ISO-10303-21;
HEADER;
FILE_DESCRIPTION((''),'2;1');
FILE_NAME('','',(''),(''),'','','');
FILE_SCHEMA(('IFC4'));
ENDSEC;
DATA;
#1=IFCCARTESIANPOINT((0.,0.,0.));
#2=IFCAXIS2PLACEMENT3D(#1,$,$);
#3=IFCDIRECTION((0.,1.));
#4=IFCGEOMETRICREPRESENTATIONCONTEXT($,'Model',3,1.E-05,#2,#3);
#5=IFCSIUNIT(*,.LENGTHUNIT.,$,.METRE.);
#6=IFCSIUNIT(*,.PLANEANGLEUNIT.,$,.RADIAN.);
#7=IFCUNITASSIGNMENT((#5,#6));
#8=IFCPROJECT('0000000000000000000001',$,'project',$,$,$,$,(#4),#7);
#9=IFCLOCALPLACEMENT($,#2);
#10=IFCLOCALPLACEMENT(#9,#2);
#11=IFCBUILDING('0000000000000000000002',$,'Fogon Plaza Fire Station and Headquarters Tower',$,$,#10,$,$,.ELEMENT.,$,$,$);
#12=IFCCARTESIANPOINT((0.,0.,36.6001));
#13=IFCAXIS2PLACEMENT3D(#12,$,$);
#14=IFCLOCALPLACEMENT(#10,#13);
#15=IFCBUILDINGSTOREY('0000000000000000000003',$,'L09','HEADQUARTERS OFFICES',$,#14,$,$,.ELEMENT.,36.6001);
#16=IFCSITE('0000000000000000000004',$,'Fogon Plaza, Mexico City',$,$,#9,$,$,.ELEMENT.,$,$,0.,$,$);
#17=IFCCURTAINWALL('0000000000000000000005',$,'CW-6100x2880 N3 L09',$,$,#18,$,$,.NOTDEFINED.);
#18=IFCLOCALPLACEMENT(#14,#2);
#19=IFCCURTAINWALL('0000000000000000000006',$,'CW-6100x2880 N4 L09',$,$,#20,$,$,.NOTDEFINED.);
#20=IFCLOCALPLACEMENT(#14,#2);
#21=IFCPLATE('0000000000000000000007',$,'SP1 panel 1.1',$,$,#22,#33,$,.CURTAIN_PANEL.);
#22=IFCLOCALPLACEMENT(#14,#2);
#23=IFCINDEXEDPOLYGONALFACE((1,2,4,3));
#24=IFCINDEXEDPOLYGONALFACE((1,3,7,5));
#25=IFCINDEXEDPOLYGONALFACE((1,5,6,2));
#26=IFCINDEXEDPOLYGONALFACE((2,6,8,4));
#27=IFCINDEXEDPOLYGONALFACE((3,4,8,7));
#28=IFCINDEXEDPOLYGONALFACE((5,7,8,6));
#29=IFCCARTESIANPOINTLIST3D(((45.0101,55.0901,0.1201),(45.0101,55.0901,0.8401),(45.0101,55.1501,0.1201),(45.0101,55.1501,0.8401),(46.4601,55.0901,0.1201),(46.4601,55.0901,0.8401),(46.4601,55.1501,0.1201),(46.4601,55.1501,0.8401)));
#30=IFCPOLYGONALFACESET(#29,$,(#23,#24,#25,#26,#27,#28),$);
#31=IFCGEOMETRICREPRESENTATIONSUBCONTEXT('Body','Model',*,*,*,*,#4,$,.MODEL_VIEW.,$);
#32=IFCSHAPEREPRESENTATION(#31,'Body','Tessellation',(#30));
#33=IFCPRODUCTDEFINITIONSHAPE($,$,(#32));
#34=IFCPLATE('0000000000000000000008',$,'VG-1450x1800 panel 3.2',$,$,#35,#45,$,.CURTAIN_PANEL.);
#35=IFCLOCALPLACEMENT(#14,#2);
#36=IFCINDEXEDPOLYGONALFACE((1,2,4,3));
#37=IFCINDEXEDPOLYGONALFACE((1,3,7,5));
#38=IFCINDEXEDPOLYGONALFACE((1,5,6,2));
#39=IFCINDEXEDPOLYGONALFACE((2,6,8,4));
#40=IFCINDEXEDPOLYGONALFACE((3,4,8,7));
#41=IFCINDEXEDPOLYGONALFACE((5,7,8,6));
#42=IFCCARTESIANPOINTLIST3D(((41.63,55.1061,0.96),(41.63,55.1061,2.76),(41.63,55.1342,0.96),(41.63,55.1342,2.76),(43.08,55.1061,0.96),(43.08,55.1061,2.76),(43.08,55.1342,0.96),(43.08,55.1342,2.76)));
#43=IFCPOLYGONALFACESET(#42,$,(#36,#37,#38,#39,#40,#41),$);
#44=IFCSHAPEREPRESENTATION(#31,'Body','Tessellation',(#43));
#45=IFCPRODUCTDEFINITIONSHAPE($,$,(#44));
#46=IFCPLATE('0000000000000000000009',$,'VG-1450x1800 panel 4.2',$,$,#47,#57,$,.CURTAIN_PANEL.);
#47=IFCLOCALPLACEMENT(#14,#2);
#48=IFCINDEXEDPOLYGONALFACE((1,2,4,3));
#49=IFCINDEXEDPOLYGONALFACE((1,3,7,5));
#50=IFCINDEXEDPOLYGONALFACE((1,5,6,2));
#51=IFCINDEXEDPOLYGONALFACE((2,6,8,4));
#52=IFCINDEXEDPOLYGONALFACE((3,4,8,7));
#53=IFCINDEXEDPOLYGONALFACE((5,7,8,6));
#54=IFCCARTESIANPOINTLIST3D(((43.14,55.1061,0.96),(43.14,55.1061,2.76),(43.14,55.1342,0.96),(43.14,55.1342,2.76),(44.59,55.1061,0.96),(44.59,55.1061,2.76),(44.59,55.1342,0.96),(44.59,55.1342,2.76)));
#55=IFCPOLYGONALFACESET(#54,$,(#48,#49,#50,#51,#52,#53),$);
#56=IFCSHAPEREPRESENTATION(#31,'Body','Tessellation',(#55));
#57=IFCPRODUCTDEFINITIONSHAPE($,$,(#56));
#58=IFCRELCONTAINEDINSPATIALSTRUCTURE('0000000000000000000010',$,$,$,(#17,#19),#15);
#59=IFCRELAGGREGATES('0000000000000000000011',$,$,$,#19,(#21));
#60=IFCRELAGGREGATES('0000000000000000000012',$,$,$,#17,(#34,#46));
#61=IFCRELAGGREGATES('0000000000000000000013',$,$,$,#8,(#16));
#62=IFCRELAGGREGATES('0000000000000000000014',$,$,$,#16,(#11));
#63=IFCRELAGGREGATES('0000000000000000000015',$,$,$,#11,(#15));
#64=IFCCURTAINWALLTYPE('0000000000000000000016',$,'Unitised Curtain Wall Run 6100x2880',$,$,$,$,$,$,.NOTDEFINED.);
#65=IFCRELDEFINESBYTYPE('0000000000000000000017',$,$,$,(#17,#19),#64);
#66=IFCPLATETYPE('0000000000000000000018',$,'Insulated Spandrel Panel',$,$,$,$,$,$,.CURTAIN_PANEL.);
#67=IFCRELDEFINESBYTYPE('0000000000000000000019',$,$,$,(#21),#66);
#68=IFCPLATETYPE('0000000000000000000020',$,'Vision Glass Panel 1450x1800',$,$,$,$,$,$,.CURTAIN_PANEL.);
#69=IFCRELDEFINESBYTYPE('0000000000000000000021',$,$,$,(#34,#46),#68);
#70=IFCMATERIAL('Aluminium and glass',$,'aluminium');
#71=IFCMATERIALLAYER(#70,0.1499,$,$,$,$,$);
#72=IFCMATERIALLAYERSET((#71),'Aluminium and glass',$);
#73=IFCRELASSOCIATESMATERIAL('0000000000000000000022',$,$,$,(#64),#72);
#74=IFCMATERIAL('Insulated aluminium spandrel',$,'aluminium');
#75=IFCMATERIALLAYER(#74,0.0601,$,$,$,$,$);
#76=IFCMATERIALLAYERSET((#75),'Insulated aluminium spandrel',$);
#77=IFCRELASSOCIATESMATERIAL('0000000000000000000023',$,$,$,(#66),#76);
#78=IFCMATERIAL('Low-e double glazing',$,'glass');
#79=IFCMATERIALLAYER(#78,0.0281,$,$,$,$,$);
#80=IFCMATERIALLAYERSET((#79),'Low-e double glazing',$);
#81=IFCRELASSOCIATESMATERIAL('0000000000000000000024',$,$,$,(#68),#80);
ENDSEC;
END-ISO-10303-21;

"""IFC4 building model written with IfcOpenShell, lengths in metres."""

from ifc_helpers import new_model, si_unit, direction, frame, origin, origin_2d, place, context, subcontext, project, spatial, rectangle, extrude, material, layer, layer_set, type_object, element, aggregate, save


model = new_model("IFC4")

# Units and contexts
model_context = context("Model", 3, precision=1e-05, world=origin(), true_north=direction((0.0, 1.0)))
body_context = subcontext(model_context, "Body", "Model", "MODEL_VIEW")
ifc_project = project(units=[si_unit("LENGTHUNIT", "METRE"), si_unit("PLANEANGLEUNIT", "RADIAN")], contexts=[model_context])

# Site, building, storey
site_placement = place(None, origin())
site = spatial("IfcSite", under=ifc_project, at=site_placement, Name="Fogon Plaza, Mexico City", CompositionType="ELEMENT", RefElevation=0.0)
building_placement = place(site_placement, origin())
building = spatial("IfcBuilding", under=site, at=building_placement, Name="Fogon Plaza Fire Station and Headquarters Tower", CompositionType="ELEMENT")
storey_placement = place(building_placement, frame((0.0, 0.0, 36.6001)))
storey = spatial("IfcBuildingStorey", under=building, at=storey_placement, Name="L09", Description="HEADQUARTERS OFFICES", CompositionType="ELEMENT", Elevation=36.6001)

# Curtain wall
ifc_material_1 = material(Name="Aluminium and glass", Category="aluminium")
ifc_layer_1 = layer(ifc_material_1, 0.1499)
ifc_layer_set_1 = layer_set([ifc_layer_1], Name="Aluminium and glass")
curtain_wall_type = type_object("IfcCurtainWallType", Name="Unitised Curtain Wall Run 6100x2880", PredefinedType="NOTDEFINED", material=ifc_layer_set_1)
curtain_wall_1_placement = place(storey_placement, origin())
curtain_wall_1 = element("IfcCurtainWall", 1, at=curtain_wall_1_placement, inside=storey, type_object=curtain_wall_type, Name="CW-6100x2880 N3 L09", PredefinedType="NOTDEFINED")

# Curtain wall
curtain_wall_2_placement = place(storey_placement, origin())
curtain_wall_2 = element("IfcCurtainWall", 2, at=curtain_wall_2_placement, inside=storey, type_object=curtain_wall_type, Name="CW-6100x2880 N4 L09", PredefinedType="NOTDEFINED")

# Plates
ifc_material_2 = material(Name="Insulated aluminium spandrel", Category="aluminium")
ifc_layer_2 = layer(ifc_material_2, 0.0601)
ifc_layer_set_2 = layer_set([ifc_layer_2], Name="Insulated aluminium spandrel")
plate_type_1 = type_object("IfcPlateType", Name="Insulated Spandrel Panel", PredefinedType="CURTAIN_PANEL", material=ifc_layer_set_2)
plate_1_placement = place(storey_placement, frame((45.7351, 55.1201, 0.1201), z_axis=(0.0, 0.0, 1.0), x_axis=(1.0, 0.0, 0.0)))
plate_1 = element("IfcPlate", 3, at=plate_1_placement, type_object=plate_type_1, Name="SP1 panel 1.1", PredefinedType="CURTAIN_PANEL", context=body_context, shape_type="SweptSolid", body=[
    extrude(rectangle(XDim=1.45, YDim=0.0601, at=origin_2d()), origin(), (0.0, 0.0, 1.0), 0.72),
])
aggregate(curtain_wall_2, [plate_1])
ifc_material_3 = material(Name="Low-e double glazing", Category="glass")
ifc_layer_3 = layer(ifc_material_3, 0.0281)
ifc_layer_set_3 = layer_set([ifc_layer_3], Name="Low-e double glazing")
plate_type_2 = type_object("IfcPlateType", Name="Vision Glass Panel 1450x1800", PredefinedType="CURTAIN_PANEL", material=ifc_layer_set_3)
plate_2_placement = place(storey_placement, frame((42.355, 55.1201, 0.96), z_axis=(0.0, 0.0, 1.0), x_axis=(1.0, 0.0, 0.0)))
plate_2 = element("IfcPlate", 4, at=plate_2_placement, type_object=plate_type_2, Name="VG-1450x1800 panel 3.2", PredefinedType="CURTAIN_PANEL", context=body_context, shape_type="SweptSolid", body=[
    extrude(rectangle(XDim=1.45, YDim=0.0281, at=origin_2d()), origin(), (0.0, 0.0, 1.0), 1.8),
])
plate_3_placement = place(storey_placement, frame((43.865, 55.1201, 0.96), z_axis=(0.0, 0.0, 1.0), x_axis=(1.0, 0.0, 0.0)))
plate_3 = element("IfcPlate", 5, at=plate_3_placement, type_object=plate_type_2, Name="VG-1450x1800 panel 4.2", PredefinedType="CURTAIN_PANEL", context=body_context, shape_type="SweptSolid", body=[
    extrude(rectangle(XDim=1.45, YDim=0.0281, at=origin_2d()), origin(), (0.0, 0.0, 1.0), 1.8),
])
aggregate(curtain_wall_1, [plate_2, plate_3])

save(model, "model.ifc")
